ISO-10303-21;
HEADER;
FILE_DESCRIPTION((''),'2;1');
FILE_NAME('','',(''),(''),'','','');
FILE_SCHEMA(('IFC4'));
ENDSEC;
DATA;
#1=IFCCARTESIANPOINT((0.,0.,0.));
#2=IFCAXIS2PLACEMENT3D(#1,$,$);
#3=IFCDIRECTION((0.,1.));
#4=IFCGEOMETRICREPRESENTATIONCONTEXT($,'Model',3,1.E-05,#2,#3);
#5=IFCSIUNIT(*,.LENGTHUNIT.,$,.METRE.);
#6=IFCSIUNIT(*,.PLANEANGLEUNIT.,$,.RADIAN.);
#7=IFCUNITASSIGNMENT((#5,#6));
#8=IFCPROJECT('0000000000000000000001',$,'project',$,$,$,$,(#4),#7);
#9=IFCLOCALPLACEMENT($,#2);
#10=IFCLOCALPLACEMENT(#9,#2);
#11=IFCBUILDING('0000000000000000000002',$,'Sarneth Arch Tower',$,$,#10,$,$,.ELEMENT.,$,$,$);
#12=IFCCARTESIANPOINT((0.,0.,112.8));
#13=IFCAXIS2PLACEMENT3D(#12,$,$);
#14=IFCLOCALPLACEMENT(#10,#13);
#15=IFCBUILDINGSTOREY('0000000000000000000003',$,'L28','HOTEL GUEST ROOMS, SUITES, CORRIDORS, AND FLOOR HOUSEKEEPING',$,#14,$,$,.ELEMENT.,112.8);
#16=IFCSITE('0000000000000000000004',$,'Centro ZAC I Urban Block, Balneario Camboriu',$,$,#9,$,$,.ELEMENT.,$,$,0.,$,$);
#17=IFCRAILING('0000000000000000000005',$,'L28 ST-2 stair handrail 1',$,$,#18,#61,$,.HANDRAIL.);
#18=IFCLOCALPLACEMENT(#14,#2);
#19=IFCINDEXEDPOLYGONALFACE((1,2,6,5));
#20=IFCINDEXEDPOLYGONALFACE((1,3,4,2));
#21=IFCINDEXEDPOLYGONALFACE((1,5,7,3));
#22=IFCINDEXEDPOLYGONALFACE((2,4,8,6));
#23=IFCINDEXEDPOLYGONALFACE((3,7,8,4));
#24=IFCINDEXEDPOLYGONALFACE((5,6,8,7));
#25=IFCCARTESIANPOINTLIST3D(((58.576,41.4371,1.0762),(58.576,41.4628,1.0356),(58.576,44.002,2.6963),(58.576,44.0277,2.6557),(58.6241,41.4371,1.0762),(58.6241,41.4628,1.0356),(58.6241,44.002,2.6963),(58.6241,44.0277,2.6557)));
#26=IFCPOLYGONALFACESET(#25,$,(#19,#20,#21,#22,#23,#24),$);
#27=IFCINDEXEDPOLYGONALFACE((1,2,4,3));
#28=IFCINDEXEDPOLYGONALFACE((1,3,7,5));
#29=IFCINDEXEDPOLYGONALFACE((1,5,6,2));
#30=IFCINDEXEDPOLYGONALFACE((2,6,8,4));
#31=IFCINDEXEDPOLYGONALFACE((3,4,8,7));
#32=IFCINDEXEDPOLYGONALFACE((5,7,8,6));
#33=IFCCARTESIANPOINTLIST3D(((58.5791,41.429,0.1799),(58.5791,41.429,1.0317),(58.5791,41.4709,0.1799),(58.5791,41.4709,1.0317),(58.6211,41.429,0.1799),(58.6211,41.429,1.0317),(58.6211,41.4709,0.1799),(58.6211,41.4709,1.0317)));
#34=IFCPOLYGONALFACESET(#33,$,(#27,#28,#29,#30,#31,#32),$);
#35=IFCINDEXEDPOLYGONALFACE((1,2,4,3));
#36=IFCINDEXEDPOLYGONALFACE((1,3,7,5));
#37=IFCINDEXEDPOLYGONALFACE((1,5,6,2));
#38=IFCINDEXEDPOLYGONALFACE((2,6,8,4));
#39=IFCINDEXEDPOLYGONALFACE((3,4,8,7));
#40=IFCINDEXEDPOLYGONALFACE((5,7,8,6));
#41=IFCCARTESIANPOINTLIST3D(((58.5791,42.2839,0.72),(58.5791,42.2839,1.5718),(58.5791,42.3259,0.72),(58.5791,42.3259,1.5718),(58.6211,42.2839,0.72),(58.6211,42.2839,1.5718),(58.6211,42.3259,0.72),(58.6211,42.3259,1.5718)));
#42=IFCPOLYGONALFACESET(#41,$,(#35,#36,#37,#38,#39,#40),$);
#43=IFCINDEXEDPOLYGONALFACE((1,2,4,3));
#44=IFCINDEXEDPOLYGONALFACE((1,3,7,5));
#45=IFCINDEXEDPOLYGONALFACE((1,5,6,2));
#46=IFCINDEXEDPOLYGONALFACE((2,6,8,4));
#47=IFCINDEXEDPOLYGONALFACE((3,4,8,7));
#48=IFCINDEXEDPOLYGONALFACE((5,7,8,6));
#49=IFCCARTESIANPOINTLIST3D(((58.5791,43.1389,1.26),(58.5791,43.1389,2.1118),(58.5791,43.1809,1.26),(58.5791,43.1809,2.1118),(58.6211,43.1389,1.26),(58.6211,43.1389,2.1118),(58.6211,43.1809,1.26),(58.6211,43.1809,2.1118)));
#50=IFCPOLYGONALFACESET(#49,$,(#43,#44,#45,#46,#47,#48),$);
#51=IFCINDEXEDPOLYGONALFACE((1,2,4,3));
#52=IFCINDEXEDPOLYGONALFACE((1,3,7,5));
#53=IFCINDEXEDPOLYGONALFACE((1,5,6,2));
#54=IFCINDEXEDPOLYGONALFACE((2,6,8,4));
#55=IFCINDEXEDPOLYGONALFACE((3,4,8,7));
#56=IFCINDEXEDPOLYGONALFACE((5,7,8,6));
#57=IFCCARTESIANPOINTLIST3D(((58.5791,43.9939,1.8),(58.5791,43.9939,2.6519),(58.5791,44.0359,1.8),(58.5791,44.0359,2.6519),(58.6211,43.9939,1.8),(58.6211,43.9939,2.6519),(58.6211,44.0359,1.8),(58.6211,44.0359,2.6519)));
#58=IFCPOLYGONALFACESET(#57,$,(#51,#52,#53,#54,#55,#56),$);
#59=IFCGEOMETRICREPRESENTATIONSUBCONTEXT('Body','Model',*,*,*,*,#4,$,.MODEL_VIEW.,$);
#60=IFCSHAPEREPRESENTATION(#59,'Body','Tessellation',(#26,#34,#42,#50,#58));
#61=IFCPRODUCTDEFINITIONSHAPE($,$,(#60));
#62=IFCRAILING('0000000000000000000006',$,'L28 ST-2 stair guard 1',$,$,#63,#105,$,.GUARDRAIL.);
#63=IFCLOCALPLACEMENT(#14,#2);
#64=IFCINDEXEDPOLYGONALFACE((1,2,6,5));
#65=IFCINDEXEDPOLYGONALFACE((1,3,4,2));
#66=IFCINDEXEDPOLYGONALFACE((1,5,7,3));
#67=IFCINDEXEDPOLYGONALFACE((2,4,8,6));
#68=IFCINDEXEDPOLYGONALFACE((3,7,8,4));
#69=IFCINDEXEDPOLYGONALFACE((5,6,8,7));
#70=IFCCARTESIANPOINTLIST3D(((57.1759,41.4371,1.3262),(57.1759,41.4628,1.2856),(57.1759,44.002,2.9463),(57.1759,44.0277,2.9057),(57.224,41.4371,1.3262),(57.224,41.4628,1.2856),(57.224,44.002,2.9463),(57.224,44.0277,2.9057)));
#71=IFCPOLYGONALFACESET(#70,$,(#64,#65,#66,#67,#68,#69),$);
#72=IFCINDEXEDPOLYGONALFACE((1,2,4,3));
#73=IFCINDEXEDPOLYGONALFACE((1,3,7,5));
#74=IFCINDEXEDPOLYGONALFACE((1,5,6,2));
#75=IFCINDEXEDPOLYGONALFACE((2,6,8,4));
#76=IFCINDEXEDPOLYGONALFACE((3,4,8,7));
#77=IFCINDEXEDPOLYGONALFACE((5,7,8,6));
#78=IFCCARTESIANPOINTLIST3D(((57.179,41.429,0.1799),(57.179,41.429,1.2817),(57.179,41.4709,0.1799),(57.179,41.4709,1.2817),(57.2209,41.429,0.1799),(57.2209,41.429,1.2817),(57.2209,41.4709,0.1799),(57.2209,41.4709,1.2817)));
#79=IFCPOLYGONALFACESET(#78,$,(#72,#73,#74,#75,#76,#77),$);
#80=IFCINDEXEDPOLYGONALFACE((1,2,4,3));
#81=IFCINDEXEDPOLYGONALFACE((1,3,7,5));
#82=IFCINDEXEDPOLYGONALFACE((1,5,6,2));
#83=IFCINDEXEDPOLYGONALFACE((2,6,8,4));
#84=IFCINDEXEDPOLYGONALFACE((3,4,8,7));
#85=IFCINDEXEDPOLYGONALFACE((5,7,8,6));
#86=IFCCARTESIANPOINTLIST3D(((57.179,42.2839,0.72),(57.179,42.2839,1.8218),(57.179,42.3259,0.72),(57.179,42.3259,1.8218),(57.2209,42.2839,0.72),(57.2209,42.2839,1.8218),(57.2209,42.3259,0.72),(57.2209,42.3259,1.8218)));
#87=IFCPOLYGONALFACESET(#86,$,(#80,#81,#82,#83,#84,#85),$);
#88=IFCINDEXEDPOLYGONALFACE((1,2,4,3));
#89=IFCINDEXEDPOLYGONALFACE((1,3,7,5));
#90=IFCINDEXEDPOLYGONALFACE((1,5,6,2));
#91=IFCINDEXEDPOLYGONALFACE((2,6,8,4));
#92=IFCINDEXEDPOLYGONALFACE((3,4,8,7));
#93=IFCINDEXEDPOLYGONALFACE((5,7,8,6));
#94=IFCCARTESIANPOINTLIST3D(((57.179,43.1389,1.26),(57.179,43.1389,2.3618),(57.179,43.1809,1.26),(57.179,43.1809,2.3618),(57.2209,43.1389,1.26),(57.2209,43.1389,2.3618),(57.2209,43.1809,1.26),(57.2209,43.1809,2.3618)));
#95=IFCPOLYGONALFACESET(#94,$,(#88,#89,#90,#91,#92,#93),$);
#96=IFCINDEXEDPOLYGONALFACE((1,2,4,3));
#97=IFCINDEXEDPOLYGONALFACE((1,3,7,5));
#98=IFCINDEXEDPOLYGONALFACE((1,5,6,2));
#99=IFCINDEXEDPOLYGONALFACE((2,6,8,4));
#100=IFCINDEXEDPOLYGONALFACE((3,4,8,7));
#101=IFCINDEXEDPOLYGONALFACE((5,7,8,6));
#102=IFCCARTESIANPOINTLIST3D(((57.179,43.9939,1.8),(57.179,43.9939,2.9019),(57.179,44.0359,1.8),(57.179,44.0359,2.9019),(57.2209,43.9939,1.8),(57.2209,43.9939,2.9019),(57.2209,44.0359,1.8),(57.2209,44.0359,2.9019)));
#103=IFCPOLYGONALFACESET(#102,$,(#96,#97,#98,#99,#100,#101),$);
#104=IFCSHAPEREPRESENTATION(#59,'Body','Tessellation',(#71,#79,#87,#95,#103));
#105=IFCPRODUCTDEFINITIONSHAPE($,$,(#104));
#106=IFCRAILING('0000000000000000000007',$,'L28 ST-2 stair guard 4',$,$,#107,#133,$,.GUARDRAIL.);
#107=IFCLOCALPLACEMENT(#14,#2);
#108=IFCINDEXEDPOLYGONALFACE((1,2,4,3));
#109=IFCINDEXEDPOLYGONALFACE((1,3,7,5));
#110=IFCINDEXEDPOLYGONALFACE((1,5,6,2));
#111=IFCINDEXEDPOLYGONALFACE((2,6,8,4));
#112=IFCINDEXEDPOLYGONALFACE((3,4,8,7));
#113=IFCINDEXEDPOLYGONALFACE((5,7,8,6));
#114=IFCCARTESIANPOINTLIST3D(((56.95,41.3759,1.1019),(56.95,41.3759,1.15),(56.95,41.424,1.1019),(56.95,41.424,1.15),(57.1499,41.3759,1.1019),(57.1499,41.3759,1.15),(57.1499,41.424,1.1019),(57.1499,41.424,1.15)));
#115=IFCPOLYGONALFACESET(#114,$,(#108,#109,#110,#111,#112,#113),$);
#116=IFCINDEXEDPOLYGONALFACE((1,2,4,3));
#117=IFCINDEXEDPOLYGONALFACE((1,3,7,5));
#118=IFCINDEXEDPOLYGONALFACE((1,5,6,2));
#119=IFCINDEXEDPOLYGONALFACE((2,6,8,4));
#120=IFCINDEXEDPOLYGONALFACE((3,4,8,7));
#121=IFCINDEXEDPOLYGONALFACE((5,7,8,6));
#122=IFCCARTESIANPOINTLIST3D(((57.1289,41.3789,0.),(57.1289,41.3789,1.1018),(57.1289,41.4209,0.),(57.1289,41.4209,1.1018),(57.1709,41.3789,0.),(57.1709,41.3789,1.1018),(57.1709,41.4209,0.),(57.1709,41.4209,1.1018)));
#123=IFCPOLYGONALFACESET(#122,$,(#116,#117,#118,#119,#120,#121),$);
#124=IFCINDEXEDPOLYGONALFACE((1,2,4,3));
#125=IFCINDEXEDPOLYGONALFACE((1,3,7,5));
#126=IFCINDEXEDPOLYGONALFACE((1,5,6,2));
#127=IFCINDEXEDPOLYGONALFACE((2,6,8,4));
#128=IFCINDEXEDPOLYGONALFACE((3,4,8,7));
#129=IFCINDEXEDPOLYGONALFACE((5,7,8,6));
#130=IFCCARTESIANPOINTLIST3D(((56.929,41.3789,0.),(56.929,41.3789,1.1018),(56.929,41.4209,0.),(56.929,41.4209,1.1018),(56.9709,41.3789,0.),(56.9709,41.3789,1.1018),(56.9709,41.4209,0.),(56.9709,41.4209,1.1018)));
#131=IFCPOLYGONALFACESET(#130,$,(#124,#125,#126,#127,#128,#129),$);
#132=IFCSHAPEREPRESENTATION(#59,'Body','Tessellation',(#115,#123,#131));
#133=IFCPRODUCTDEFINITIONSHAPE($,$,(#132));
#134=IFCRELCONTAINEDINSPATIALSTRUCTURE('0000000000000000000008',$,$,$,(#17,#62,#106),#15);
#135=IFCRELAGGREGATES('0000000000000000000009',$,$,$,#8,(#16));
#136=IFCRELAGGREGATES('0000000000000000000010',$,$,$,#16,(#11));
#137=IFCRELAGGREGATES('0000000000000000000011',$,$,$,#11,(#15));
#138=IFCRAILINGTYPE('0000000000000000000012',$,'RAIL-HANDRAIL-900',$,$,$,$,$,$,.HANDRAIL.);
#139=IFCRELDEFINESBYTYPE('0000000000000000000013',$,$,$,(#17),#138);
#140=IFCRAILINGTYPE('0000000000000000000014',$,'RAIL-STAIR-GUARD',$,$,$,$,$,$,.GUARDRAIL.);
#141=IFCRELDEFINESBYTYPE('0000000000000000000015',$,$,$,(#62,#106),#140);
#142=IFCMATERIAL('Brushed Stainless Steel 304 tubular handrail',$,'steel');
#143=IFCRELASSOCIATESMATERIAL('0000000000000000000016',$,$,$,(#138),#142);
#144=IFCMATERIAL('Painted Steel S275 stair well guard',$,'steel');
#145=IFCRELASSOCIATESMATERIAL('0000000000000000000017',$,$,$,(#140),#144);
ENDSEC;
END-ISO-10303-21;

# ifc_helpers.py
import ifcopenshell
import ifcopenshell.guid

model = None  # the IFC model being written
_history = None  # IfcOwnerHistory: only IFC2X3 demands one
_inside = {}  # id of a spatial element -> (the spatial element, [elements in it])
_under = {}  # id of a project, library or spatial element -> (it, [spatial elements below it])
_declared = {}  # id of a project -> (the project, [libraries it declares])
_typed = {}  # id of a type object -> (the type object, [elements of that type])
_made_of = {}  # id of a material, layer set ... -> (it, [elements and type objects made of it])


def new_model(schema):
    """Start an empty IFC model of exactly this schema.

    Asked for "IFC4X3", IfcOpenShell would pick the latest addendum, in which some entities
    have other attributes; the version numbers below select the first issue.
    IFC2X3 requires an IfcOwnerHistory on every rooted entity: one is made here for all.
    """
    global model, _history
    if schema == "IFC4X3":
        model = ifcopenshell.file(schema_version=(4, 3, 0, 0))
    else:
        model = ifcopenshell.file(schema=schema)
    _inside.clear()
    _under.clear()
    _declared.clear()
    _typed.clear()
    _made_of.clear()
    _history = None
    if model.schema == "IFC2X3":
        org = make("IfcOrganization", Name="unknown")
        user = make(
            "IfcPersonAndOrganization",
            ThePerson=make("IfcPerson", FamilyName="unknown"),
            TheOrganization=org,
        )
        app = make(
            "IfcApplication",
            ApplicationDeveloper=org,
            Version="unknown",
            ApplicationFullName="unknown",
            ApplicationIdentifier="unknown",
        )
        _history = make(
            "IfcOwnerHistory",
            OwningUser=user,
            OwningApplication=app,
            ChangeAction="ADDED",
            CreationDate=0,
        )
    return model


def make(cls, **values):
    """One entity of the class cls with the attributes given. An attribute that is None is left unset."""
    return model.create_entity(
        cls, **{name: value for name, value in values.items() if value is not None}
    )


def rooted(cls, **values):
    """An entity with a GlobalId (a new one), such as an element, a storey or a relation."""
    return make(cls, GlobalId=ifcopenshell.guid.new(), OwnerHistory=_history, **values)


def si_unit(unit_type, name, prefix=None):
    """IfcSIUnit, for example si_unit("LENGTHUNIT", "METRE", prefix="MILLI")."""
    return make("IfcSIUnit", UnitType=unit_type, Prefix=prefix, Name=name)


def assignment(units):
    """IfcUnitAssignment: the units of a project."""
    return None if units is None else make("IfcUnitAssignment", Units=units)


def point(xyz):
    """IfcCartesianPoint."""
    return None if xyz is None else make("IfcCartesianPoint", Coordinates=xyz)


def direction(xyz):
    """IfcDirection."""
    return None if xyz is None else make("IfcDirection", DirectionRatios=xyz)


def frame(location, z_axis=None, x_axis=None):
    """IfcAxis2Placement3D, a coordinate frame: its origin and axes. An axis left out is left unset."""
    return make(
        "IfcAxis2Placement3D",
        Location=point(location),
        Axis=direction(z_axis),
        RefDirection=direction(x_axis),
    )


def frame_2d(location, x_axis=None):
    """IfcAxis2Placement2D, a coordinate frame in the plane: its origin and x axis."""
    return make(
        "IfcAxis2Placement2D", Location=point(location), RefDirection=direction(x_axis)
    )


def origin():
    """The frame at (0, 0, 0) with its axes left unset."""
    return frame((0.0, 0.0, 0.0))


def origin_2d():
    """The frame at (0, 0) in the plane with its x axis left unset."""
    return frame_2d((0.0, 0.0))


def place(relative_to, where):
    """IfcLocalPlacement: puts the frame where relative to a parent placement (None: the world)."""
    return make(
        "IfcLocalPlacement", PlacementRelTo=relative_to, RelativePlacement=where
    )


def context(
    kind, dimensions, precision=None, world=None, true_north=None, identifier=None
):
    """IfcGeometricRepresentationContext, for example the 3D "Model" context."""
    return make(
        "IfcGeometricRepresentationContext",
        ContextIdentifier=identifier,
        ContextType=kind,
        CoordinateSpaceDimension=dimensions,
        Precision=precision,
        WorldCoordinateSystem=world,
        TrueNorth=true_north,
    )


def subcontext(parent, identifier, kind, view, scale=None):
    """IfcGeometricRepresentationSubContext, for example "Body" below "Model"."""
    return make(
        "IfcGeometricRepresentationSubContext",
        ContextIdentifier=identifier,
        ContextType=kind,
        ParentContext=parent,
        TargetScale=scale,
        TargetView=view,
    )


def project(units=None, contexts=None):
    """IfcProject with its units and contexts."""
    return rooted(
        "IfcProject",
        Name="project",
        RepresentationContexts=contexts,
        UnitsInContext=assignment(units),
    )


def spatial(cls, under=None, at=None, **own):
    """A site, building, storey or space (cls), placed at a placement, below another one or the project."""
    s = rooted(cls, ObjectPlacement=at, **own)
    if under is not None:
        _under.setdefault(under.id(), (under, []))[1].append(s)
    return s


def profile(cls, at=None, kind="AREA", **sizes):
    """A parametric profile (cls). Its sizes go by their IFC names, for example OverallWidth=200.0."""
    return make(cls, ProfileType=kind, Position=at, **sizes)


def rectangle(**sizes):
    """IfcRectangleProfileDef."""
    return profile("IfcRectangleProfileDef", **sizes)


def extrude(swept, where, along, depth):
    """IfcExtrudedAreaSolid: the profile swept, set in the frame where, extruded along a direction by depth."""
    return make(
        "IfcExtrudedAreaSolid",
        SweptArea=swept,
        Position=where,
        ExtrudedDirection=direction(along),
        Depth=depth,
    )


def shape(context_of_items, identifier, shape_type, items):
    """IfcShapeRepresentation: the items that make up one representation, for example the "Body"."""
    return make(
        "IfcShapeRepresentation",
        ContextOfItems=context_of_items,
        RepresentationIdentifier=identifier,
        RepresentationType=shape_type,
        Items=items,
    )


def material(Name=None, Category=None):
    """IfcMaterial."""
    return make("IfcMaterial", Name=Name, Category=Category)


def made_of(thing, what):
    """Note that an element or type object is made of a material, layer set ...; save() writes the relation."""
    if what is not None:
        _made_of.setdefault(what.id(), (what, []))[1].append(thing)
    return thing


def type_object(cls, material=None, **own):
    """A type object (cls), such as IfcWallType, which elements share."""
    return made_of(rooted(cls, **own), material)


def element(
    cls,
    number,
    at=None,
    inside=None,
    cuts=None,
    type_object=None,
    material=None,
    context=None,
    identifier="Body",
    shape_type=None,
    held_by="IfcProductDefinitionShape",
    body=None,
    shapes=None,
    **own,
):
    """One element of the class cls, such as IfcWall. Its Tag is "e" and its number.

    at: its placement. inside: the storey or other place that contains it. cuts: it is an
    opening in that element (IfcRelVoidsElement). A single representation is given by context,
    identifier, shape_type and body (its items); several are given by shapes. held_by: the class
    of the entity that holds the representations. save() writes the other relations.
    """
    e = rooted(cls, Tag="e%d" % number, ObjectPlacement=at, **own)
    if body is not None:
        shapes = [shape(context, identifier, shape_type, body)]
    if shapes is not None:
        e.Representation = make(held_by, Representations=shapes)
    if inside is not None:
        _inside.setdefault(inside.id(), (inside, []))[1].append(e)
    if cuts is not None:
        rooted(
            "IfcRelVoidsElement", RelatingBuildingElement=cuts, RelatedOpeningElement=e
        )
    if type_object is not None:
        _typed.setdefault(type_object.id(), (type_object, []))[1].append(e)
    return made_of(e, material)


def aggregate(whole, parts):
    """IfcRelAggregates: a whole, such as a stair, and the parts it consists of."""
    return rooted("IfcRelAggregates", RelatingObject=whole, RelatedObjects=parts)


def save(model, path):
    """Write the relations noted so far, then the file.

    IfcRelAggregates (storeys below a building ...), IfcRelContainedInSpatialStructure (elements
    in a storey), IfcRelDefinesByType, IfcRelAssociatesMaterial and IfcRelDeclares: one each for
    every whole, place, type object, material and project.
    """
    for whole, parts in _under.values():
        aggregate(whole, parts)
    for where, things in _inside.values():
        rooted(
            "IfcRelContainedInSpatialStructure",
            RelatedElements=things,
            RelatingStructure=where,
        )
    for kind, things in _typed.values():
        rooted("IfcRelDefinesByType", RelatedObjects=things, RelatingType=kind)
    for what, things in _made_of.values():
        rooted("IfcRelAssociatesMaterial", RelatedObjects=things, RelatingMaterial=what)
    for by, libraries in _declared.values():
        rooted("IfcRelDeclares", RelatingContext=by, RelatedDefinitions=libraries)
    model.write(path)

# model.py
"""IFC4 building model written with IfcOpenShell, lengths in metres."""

from ifc_helpers import new_model, si_unit, direction, frame, origin, origin_2d, place, context, subcontext, project, spatial, rectangle, extrude, material, type_object, element, save


model = new_model("IFC4")

# Units and contexts
model_context = context("Model", 3, precision=1e-05, world=origin(), true_north=direction((0.0, 1.0)))
body_context = subcontext(model_context, "Body", "Model", "MODEL_VIEW")
ifc_project = project(units=[si_unit("LENGTHUNIT", "METRE"), si_unit("PLANEANGLEUNIT", "RADIAN")], contexts=[model_context])

# Site, building, storey
site_placement = place(None, origin())
site = spatial("IfcSite", under=ifc_project, at=site_placement, Name="Centro ZAC I Urban Block, Balneario Camboriu", CompositionType="ELEMENT", RefElevation=0.0)
building_placement = place(site_placement, origin())
building = spatial("IfcBuilding", under=site, at=building_placement, Name="Sarneth Arch Tower", CompositionType="ELEMENT")
storey_placement = place(building_placement, frame((0.0, 0.0, 112.8)))
storey = spatial("IfcBuildingStorey", under=building, at=storey_placement, Name="L28", Description="HOTEL GUEST ROOMS, SUITES, CORRIDORS, AND FLOOR HOUSEKEEPING", CompositionType="ELEMENT", Elevation=112.8)

# Railings
ifc_material_1 = material(Name="Brushed Stainless Steel 304 tubular handrail", Category="steel")
railing_type_1 = type_object("IfcRailingType", Name="RAIL-HANDRAIL-900", PredefinedType="HANDRAIL", material=ifc_material_1)
railing_1_placement = place(storey_placement, frame((58.6001, 41.45, 0.1799)))
element("IfcRailing", 1, at=railing_1_placement, inside=storey, type_object=railing_type_1, Name="L28 ST-2 stair handrail 1", PredefinedType="HANDRAIL", context=body_context, shape_type="SweptSolid", body=[
    extrude(rectangle(XDim=0.0481, YDim=0.0481, at=origin_2d()), frame((0.0, 0.0, 0.876), z_axis=(0.0, 0.845466, 0.534029), x_axis=(-1.0, 0.0, 0.0)), (0.0, 0.0, 1.0), 3.0337),
    extrude(rectangle(XDim=0.042, YDim=0.042, at=origin_2d()), origin(), (0.0, 0.0, 1.0), 0.8518),
    extrude(rectangle(XDim=0.042, YDim=0.042, at=origin_2d()), frame((0.0, 0.855, 0.54)), (0.0, 0.0, 1.0), 0.8518),
    extrude(rectangle(XDim=0.042, YDim=0.042, at=origin_2d()), frame((0.0, 1.71, 1.0801)), (0.0, 0.0, 1.0), 0.8518),
    extrude(rectangle(XDim=0.042, YDim=0.042, at=origin_2d()), frame((0.0, 2.5649, 1.6201)), (0.0, 0.0, 1.0), 0.8518),
])
ifc_material_2 = material(Name="Painted Steel S275 stair well guard", Category="steel")
railing_type_2 = type_object("IfcRailingType", Name="RAIL-STAIR-GUARD", PredefinedType="GUARDRAIL", material=ifc_material_2)
railing_2_placement = place(storey_placement, frame((57.2, 41.45, 0.1799)))
element("IfcRailing", 2, at=railing_2_placement, inside=storey, type_object=railing_type_2, Name="L28 ST-2 stair guard 1", PredefinedType="GUARDRAIL", context=body_context, shape_type="SweptSolid", body=[
    extrude(rectangle(XDim=0.0481, YDim=0.0481, at=origin_2d()), frame((0.0, 0.0, 1.126), z_axis=(0.0, 0.845466, 0.534029), x_axis=(-1.0, 0.0, 0.0)), (0.0, 0.0, 1.0), 3.0337),
    extrude(rectangle(XDim=0.042, YDim=0.042, at=origin_2d()), origin(), (0.0, 0.0, 1.0), 1.1018),
    extrude(rectangle(XDim=0.042, YDim=0.042, at=origin_2d()), frame((0.0, 0.855, 0.54)), (0.0, 0.0, 1.0), 1.1018),
    extrude(rectangle(XDim=0.042, YDim=0.042, at=origin_2d()), frame((0.0, 1.71, 1.0801)), (0.0, 0.0, 1.0), 1.1018),
    extrude(rectangle(XDim=0.042, YDim=0.042, at=origin_2d()), frame((0.0, 2.5649, 1.6201)), (0.0, 0.0, 1.0), 1.1018),
])
railing_3_placement = place(storey_placement, frame((57.1499, 41.3999, 0.0)))
element("IfcRailing", 3, at=railing_3_placement, inside=storey, type_object=railing_type_2, Name="L28 ST-2 stair guard 4", PredefinedType="GUARDRAIL", context=body_context, shape_type="SweptSolid", body=[
    extrude(rectangle(XDim=0.0481, YDim=0.0481, at=origin_2d()), frame((0.0, 0.0, 1.126), z_axis=(-1.0, 0.0, 0.0), x_axis=(0.0, -1.0, 0.0)), (0.0, 0.0, 1.0), 0.2),
    extrude(rectangle(XDim=0.042, YDim=0.042, at=origin_2d()), origin(), (0.0, 0.0, 1.0), 1.1018),
    extrude(rectangle(XDim=0.042, YDim=0.042, at=origin_2d()), frame((-0.2, 0.0, 0.0)), (0.0, 0.0, 1.0), 1.1018),
])

save(model, "model.ifc")
